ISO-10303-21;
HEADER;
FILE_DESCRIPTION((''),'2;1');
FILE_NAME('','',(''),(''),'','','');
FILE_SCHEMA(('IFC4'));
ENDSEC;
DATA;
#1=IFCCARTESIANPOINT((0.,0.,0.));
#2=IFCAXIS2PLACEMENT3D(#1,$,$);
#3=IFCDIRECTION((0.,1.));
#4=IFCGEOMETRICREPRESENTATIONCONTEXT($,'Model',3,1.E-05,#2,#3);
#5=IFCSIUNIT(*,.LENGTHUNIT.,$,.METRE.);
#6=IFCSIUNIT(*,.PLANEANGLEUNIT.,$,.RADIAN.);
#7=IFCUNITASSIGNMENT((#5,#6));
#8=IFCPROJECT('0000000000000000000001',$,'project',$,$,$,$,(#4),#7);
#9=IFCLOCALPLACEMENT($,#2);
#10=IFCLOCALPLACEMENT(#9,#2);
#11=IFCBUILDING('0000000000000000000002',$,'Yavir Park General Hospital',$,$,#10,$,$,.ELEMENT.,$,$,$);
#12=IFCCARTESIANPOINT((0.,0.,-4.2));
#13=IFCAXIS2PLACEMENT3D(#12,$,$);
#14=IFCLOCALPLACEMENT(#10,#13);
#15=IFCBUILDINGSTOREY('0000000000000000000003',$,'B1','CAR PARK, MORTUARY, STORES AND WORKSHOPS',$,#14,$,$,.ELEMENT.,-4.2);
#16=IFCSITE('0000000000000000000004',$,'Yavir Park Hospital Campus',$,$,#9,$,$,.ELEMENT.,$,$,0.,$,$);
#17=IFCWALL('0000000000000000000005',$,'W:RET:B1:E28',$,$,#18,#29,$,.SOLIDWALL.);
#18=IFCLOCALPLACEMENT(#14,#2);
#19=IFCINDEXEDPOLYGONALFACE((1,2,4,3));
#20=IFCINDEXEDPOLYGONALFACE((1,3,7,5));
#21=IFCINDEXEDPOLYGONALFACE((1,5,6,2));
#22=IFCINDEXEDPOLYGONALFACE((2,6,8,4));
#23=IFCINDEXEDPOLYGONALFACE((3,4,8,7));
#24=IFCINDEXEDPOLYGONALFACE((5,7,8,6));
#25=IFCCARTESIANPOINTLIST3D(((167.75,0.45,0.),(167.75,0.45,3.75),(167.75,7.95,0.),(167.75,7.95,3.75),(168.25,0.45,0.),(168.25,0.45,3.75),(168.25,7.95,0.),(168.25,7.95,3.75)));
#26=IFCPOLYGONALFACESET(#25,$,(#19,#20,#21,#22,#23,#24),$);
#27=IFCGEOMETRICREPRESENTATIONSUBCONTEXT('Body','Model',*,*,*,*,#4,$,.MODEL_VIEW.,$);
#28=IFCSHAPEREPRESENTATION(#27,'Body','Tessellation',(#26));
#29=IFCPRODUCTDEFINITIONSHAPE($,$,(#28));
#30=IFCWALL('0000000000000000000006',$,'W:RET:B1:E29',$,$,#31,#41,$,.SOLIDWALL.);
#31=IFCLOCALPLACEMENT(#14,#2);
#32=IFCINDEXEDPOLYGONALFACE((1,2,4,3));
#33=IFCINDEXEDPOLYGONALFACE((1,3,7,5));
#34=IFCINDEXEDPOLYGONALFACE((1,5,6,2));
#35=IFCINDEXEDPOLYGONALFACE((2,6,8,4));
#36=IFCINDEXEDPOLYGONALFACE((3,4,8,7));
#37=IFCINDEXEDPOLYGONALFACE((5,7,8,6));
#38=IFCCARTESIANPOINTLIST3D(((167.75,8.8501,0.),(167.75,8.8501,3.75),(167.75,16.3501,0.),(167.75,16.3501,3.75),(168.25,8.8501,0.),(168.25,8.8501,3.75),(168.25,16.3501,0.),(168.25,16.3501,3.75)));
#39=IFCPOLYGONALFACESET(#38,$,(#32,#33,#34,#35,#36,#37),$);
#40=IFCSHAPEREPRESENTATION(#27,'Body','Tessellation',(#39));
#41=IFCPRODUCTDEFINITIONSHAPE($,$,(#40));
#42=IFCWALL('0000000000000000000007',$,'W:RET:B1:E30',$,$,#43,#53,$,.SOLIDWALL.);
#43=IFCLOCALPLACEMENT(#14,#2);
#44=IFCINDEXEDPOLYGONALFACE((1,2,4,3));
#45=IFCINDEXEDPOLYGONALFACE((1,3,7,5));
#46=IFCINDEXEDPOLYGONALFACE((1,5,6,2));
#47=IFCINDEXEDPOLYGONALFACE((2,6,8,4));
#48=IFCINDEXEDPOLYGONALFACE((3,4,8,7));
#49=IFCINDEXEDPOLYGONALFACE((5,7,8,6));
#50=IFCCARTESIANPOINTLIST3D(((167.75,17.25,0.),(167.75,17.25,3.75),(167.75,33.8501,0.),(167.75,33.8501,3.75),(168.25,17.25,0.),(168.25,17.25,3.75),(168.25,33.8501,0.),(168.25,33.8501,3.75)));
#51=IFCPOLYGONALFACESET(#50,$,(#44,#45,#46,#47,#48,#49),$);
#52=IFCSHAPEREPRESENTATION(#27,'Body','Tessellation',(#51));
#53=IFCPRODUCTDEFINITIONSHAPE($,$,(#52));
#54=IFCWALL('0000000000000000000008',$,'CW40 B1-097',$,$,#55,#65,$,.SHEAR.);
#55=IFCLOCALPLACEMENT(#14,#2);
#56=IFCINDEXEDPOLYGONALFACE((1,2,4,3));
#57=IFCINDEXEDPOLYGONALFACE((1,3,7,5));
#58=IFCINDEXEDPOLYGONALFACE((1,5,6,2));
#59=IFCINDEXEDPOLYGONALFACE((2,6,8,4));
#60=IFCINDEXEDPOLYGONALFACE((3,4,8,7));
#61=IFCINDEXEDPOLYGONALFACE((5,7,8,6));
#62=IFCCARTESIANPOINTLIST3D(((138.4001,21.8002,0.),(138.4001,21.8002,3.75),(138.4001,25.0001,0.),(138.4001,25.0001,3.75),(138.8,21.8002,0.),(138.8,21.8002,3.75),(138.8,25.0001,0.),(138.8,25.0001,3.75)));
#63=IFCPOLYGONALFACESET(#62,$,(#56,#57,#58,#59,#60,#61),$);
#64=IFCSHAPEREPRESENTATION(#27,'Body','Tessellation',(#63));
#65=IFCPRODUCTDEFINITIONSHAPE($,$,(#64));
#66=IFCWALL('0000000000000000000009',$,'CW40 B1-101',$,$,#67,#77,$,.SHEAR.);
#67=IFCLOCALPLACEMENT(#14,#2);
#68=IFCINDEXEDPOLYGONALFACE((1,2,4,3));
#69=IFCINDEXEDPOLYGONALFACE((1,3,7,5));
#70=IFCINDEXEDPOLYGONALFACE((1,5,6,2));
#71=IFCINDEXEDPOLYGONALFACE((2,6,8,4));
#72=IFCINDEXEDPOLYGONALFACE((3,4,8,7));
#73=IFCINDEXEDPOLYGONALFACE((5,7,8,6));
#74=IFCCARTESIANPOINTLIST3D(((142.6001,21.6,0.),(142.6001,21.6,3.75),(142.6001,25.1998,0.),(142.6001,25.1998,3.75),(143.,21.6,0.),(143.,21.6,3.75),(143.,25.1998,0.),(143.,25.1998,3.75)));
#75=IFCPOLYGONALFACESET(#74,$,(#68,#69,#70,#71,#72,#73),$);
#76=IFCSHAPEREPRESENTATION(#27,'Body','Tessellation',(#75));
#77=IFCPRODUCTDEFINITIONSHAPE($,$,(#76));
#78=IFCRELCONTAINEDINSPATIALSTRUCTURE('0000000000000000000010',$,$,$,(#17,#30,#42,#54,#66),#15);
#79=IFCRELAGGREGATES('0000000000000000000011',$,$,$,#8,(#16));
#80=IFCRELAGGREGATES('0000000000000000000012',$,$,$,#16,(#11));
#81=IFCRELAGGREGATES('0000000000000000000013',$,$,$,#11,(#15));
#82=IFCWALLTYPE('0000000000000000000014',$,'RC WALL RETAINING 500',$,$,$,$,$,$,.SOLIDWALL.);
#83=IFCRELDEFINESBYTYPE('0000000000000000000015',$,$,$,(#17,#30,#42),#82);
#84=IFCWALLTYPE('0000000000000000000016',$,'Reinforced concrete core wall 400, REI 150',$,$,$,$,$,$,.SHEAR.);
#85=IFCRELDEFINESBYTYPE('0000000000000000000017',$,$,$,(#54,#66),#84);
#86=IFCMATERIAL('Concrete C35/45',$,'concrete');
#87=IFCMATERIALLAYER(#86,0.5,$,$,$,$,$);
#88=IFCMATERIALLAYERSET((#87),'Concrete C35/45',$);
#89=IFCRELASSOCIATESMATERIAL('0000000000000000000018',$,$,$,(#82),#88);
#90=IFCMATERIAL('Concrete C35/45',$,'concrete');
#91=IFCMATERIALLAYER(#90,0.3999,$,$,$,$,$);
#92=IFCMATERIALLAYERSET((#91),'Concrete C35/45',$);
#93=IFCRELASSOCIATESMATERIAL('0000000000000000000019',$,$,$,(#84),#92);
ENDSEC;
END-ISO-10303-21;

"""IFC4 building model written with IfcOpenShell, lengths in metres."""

from ifc_helpers import new_model, si_unit, direction, frame, frame_2d, origin, place, context, subcontext, project, spatial, rectangle, extrude, material, layer, layer_set, type_object, element, save


model = new_model("IFC4")

# Units and contexts
model_context = context("Model", 3, precision=1e-05, world=origin(), true_north=direction((0.0, 1.0)))
body_context = subcontext(model_context, "Body", "Model", "MODEL_VIEW")
ifc_project = project(units=[si_unit("LENGTHUNIT", "METRE"), si_unit("PLANEANGLEUNIT", "RADIAN")], contexts=[model_context])

# Site, building, storey
site_placement = place(None, origin())
site = spatial("IfcSite", under=ifc_project, at=site_placement, Name="Yavir Park Hospital Campus", CompositionType="ELEMENT", RefElevation=0.0)
building_placement = place(site_placement, origin())
building = spatial("IfcBuilding", under=site, at=building_placement, Name="Yavir Park General Hospital", CompositionType="ELEMENT")
storey_placement = place(building_placement, frame((0.0, 0.0, -4.2)))
storey = spatial("IfcBuildingStorey", under=building, at=storey_placement, Name="B1", Description="CAR PARK, MORTUARY, STORES AND WORKSHOPS", CompositionType="ELEMENT", Elevation=-4.2)

# Walls
ifc_material_1 = material(Name="Concrete C35/45", Category="concrete")
ifc_layer_1 = layer(ifc_material_1, 0.5)
ifc_layer_set_1 = layer_set([ifc_layer_1], Name="Concrete C35/45")
wall_type_1 = type_object("IfcWallType", Name="RC WALL RETAINING 500", PredefinedType="SOLIDWALL", material=ifc_layer_set_1)
for number, where, z_axis, x_axis, name in (
    (1, (168.0, 0.45, 0.0), (0.0, 0.0, 1.0), (0.0, 1.0, 0.0), "W:RET:B1:E28"),
    (2, (168.0, 8.8501, 0.0), (0.0, 0.0, 1.0), (0.0, 1.0, 0.0), "W:RET:B1:E29"),
):
    element("IfcWall", number, at=place(storey_placement, frame(where, z_axis=z_axis, x_axis=x_axis)), inside=storey, type_object=wall_type_1, Name=name, PredefinedType="SOLIDWALL", context=body_context, shape_type="SweptSolid", body=[
        extrude(rectangle(XDim=7.5, YDim=0.5, at=frame_2d((3.75, 0.0))), origin(), (0.0, 0.0, 1.0), 3.75),
    ])
wall_1_placement = place(storey_placement, frame((168.0, 17.25, 0.0), z_axis=(0.0, 0.0, 1.0), x_axis=(0.0, 1.0, 0.0)))
element("IfcWall", 3, at=wall_1_placement, inside=storey, type_object=wall_type_1, Name="W:RET:B1:E30", PredefinedType="SOLIDWALL", context=body_context, shape_type="SweptSolid", body=[
    extrude(rectangle(XDim=16.6001, YDim=0.5, at=frame_2d((8.3, 0.0))), origin(), (0.0, 0.0, 1.0), 3.75),
])
ifc_material_2 = material(Name="Concrete C35/45", Category="concrete")
ifc_layer_2 = layer(ifc_material_2, 0.3999)
ifc_layer_set_2 = layer_set([ifc_layer_2], Name="Concrete C35/45")
wall_type_2 = type_object("IfcWallType", Name="Reinforced concrete core wall 400, REI 150", PredefinedType="SHEAR", material=ifc_layer_set_2)
wall_2_placement = place(storey_placement, frame((138.6001, 21.8, 0.0), z_axis=(0.0, 0.0, 1.0), x_axis=(0.0, 1.0, 0.0)))
element("IfcWall", 4, at=wall_2_placement, inside=storey, type_object=wall_type_2, Name="CW40 B1-097", PredefinedType="SHEAR", context=body_context, shape_type="SweptSolid", body=[
    extrude(rectangle(XDim=3.2, YDim=0.3999, at=frame_2d((1.6001, 0.0))), origin(), (0.0, 0.0, 1.0), 3.75),
])
wall_3_placement = place(storey_placement, frame((142.8, 21.6001, 0.0), z_axis=(0.0, 0.0, 1.0), x_axis=(0.0, 1.0, 0.0)))
element("IfcWall", 5, at=wall_3_placement, inside=storey, type_object=wall_type_2, Name="CW40 B1-101", PredefinedType="SHEAR", context=body_context, shape_type="SweptSolid", body=[
    extrude(rectangle(XDim=3.5999, YDim=0.3999, at=frame_2d((1.7998, 0.0))), origin(), (0.0, 0.0, 1.0), 3.75),
])

save(model, "model.ifc")
